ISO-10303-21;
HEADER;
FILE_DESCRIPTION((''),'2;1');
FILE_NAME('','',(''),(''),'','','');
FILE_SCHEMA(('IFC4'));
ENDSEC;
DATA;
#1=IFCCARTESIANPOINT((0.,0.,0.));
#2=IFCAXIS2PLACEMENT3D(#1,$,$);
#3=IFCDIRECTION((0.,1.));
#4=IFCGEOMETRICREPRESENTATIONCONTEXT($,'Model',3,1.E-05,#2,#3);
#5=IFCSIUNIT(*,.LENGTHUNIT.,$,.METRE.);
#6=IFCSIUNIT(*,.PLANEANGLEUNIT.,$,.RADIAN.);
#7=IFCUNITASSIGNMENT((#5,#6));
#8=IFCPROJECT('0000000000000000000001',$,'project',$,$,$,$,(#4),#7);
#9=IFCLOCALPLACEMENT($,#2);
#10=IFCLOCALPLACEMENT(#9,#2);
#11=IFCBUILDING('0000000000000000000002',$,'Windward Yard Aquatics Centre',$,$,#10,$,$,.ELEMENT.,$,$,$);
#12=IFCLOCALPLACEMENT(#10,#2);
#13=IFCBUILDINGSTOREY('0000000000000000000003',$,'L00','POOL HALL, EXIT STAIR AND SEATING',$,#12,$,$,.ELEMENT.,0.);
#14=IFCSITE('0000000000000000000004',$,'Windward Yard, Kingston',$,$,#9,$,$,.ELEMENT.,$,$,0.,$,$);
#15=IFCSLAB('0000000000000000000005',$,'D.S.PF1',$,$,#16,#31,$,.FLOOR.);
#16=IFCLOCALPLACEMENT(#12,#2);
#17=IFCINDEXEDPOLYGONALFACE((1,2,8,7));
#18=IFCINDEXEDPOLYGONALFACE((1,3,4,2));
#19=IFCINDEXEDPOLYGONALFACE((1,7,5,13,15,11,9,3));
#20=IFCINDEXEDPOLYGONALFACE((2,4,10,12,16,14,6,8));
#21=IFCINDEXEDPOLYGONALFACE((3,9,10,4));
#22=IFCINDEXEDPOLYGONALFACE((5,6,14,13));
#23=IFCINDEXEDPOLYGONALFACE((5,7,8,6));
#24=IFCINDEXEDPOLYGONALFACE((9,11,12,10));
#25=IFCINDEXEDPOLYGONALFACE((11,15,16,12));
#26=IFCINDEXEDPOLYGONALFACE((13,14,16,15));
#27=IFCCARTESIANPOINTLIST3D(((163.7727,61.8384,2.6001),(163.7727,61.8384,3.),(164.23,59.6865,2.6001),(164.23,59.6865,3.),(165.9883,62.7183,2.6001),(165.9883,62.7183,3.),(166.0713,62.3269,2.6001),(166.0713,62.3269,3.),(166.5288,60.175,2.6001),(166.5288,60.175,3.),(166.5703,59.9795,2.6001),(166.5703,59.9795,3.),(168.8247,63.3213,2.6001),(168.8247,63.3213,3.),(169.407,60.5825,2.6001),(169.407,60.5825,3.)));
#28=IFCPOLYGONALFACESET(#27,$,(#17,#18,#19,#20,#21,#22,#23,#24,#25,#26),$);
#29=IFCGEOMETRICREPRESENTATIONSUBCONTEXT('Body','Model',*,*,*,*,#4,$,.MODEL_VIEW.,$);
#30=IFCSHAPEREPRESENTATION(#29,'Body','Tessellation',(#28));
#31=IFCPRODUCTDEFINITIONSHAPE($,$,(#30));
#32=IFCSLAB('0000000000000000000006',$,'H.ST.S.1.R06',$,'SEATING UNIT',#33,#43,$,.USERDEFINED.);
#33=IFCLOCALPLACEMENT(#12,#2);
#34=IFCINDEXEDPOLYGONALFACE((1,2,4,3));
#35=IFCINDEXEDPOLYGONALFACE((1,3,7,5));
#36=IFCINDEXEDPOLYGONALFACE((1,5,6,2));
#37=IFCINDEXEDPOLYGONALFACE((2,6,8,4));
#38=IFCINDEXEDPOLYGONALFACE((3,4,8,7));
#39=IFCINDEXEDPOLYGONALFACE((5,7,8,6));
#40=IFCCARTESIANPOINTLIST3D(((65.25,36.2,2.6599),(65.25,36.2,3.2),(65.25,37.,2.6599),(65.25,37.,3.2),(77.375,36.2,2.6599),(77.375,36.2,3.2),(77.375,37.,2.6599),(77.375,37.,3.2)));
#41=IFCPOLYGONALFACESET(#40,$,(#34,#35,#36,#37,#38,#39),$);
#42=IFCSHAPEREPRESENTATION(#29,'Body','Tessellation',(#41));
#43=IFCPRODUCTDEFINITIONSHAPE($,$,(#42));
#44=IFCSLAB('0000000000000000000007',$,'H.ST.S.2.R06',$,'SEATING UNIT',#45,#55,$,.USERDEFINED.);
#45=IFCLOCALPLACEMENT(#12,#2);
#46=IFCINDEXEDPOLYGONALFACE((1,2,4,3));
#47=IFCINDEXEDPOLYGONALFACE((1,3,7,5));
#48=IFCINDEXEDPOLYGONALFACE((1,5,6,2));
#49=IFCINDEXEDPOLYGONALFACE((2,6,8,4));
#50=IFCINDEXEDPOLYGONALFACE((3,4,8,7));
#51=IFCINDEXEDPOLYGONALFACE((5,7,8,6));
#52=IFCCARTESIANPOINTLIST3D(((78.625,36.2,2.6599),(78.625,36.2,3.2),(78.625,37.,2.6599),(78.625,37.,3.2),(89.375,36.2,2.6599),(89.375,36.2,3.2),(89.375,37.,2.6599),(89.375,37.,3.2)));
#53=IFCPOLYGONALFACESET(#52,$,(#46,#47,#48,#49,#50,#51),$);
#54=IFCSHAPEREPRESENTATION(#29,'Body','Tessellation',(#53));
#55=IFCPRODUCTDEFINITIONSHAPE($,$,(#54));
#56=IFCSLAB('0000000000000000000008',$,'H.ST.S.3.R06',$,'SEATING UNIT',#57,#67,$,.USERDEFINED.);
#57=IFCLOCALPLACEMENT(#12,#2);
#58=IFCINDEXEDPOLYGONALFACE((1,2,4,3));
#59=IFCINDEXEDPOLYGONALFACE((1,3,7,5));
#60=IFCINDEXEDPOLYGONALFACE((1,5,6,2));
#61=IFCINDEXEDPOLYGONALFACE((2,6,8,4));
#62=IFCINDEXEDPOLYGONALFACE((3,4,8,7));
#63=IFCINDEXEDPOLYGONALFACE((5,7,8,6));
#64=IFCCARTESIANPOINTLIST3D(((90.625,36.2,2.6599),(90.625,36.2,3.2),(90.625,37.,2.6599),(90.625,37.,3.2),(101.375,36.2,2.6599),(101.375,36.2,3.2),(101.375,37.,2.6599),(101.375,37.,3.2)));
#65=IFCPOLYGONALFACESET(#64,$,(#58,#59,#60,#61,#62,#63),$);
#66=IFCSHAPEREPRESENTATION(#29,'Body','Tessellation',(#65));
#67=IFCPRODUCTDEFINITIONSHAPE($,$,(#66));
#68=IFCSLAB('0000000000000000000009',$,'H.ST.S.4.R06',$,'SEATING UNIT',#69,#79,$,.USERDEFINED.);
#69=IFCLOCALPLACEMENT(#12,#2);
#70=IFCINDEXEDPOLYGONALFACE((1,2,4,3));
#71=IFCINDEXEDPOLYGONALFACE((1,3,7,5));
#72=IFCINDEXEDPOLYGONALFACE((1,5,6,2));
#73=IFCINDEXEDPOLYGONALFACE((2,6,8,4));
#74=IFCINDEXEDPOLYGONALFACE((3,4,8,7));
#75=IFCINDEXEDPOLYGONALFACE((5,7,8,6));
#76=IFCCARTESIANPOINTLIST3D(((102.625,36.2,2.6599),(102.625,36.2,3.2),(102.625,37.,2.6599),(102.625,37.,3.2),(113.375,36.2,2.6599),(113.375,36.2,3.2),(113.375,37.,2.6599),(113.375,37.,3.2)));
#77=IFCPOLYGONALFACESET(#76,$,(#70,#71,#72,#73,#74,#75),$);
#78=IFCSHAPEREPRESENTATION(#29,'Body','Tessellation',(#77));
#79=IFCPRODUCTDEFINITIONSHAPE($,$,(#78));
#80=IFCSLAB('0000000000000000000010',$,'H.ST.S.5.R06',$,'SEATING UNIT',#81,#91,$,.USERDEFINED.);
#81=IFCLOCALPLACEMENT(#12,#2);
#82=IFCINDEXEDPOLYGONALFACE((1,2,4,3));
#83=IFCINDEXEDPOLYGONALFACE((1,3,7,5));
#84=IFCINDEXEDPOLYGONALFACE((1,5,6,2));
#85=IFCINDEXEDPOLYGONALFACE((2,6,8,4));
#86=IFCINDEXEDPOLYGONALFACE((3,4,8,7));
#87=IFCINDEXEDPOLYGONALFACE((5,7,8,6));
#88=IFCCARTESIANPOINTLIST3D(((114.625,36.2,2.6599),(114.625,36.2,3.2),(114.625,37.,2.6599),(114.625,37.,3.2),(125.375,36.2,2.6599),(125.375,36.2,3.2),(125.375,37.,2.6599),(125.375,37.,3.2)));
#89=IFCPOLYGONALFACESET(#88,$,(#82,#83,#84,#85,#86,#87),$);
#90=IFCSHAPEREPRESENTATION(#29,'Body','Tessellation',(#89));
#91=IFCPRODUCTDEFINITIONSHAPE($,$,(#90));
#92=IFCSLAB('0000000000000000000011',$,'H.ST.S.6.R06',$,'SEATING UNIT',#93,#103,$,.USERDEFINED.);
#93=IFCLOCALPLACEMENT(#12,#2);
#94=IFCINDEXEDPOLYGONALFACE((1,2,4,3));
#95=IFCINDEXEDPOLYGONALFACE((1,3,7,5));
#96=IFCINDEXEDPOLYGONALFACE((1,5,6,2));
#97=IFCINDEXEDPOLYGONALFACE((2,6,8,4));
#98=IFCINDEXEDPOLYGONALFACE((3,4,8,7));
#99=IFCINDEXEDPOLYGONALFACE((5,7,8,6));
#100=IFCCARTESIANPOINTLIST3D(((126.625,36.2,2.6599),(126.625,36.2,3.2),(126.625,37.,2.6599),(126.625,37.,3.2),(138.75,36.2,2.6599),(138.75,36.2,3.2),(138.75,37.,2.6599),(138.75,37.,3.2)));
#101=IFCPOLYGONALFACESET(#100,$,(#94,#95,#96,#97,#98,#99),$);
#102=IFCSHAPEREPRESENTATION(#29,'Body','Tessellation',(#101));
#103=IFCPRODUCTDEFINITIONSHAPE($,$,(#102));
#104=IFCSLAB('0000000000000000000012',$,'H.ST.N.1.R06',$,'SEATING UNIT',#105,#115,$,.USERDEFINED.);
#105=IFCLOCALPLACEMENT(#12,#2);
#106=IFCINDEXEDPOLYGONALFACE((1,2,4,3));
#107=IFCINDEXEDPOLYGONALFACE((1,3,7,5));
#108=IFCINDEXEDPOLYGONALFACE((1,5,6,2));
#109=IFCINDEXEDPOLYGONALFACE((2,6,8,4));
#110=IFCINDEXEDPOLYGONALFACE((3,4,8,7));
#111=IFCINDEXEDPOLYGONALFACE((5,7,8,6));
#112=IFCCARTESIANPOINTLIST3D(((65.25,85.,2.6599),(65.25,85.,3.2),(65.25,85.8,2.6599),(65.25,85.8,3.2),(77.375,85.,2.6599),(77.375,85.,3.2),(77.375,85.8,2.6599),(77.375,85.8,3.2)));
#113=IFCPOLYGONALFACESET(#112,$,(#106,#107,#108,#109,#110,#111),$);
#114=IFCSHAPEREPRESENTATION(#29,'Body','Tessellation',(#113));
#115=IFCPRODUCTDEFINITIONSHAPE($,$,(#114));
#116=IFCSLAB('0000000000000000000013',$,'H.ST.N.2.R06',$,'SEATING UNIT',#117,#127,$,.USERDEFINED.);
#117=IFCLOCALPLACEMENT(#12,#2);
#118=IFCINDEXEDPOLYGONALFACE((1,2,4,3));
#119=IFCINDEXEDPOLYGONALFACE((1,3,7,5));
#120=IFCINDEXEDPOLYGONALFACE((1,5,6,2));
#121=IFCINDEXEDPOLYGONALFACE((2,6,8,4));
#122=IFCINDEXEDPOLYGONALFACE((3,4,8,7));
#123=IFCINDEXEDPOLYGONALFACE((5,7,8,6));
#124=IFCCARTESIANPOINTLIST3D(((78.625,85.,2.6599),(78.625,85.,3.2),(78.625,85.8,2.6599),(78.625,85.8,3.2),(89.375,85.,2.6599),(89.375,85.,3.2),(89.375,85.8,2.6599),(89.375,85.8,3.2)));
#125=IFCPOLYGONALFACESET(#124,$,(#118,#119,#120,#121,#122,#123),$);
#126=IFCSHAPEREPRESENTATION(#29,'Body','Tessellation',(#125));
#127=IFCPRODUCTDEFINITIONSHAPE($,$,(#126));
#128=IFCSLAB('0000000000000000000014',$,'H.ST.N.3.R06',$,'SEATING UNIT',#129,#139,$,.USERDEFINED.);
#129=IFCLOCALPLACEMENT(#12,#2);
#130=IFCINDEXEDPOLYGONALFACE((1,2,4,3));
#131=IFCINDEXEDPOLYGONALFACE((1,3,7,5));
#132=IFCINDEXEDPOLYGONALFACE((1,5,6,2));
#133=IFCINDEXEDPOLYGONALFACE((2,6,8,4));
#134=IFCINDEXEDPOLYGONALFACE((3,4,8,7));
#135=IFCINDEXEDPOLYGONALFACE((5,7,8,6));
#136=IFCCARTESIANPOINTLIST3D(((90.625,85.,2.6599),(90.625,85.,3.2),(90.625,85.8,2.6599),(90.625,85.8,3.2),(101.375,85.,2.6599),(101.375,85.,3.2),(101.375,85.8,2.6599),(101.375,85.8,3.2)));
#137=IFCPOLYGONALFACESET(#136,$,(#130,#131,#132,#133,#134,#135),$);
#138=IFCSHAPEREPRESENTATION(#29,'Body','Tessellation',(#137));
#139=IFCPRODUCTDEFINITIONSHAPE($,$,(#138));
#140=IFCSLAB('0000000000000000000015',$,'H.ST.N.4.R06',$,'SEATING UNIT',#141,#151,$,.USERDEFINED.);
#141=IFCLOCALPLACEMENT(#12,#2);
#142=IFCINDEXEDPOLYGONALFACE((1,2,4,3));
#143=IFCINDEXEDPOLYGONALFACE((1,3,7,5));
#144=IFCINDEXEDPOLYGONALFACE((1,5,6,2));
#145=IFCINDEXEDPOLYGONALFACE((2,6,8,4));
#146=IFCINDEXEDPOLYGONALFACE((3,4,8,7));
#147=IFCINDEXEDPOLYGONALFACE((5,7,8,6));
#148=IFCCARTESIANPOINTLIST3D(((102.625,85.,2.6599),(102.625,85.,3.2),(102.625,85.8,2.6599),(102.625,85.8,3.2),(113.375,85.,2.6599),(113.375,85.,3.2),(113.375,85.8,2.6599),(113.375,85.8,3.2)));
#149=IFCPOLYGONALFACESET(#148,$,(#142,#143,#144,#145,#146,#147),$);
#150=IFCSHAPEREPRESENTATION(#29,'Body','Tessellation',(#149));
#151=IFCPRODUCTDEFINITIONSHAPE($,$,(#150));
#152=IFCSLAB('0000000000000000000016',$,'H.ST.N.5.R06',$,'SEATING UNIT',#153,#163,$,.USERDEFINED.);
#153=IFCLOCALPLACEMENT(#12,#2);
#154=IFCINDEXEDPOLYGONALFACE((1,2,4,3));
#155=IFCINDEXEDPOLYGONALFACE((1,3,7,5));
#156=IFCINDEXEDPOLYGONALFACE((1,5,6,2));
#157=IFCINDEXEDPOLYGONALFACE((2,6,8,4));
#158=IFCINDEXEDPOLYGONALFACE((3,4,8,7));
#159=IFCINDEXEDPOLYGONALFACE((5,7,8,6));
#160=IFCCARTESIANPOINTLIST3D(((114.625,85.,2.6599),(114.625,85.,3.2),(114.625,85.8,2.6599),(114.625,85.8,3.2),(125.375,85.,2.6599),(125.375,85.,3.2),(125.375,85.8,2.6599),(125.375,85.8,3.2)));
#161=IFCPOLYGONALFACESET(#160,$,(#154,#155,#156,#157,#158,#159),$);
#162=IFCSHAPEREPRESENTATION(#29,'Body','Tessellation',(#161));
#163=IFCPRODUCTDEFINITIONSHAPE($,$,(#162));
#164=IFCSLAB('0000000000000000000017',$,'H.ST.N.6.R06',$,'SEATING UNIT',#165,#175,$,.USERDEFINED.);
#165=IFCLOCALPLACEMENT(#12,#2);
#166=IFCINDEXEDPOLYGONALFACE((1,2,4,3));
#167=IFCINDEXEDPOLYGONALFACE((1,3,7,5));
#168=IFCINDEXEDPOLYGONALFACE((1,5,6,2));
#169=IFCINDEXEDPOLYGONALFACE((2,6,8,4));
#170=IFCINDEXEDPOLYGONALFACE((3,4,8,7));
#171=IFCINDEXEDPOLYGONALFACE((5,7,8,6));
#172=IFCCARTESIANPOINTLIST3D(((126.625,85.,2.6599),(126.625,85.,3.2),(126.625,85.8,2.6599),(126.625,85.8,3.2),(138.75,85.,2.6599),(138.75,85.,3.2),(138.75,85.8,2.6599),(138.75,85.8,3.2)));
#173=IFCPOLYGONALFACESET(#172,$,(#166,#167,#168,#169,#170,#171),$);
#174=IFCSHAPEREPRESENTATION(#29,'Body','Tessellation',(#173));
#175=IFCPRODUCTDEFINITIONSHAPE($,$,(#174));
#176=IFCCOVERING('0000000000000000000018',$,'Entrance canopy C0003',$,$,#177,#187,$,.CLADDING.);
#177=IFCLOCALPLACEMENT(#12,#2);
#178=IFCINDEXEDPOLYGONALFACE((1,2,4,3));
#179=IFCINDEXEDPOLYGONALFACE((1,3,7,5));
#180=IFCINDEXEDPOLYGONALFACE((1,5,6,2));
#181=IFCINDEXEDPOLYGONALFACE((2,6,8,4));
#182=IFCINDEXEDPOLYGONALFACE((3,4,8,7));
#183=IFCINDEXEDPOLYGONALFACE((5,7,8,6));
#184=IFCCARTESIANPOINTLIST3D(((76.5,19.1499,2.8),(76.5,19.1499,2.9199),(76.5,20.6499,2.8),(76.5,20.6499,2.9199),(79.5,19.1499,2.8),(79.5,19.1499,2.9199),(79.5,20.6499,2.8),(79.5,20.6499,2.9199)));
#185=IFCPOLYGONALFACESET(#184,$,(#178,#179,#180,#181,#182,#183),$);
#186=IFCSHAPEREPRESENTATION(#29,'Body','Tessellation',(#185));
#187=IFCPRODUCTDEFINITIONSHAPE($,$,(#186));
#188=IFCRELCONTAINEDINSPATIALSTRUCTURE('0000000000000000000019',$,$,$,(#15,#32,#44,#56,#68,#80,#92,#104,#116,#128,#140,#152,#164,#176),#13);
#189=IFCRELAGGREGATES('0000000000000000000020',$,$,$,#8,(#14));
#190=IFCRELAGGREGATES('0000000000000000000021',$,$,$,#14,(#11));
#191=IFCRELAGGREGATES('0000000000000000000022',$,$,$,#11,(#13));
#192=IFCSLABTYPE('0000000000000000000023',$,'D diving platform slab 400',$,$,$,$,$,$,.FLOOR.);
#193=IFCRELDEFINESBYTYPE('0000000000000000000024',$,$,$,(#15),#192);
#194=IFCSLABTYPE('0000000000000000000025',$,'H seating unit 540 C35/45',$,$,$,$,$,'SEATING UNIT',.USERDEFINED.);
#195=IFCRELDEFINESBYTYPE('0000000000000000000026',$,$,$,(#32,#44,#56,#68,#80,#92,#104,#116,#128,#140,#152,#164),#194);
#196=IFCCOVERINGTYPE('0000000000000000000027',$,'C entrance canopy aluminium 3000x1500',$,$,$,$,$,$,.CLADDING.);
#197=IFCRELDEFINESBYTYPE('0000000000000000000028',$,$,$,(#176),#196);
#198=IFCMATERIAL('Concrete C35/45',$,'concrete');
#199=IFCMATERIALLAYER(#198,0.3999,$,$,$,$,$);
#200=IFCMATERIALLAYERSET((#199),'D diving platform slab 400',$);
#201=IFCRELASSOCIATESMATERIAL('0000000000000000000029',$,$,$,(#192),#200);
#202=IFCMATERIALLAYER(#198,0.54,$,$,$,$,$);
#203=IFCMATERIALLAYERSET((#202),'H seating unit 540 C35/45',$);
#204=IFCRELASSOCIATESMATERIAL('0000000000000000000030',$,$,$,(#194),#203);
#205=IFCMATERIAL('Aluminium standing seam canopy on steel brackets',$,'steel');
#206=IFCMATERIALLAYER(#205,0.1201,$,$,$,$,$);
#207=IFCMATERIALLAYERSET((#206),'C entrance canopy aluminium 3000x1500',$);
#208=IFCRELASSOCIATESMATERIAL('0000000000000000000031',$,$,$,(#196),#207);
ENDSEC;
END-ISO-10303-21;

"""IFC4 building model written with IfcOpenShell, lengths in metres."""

from ifc_helpers import new_model, si_unit, direction, frame, origin, place, context, subcontext, project, spatial, polyline, outline, extrude, material, layer, layer_set, type_object, element, save


model = new_model("IFC4")

# Units and contexts
model_context = context("Model", 3, precision=1e-05, world=origin(), true_north=direction((0.0, 1.0)))
body_context = subcontext(model_context, "Body", "Model", "MODEL_VIEW")
ifc_project = project(units=[si_unit("LENGTHUNIT", "METRE"), si_unit("PLANEANGLEUNIT", "RADIAN")], contexts=[model_context])

# Site, building, storey
site_placement = place(None, origin())
site = spatial("IfcSite", under=ifc_project, at=site_placement, Name="Windward Yard, Kingston", CompositionType="ELEMENT", RefElevation=0.0)
building_placement = place(site_placement, origin())
building = spatial("IfcBuilding", under=site, at=building_placement, Name="Windward Yard Aquatics Centre", CompositionType="ELEMENT")
storey_placement = place(building_placement, origin())
storey = spatial("IfcBuildingStorey", under=building, at=storey_placement, Name="L00", Description="POOL HALL, EXIT STAIR AND SEATING", CompositionType="ELEMENT", Elevation=0.0)

# Slabs
ifc_material_1 = material(Name="Concrete C35/45", Category="concrete")
ifc_layer_1 = layer(ifc_material_1, 0.3999)
ifc_layer_set_1 = layer_set([ifc_layer_1], Name="D diving platform slab 400")
slab_type_1 = type_object("IfcSlabType", Name="D diving platform slab 400", PredefinedType="FLOOR", material=ifc_layer_set_1)
slab_1_placement = place(storey_placement, frame((0.0, 0.0, 2.6001)))
element("IfcSlab", 1, at=slab_1_placement, inside=storey, type_object=slab_type_1, Name="D.S.PF1", PredefinedType="FLOOR", context=body_context, shape_type="SweptSolid", body=[
    extrude(outline(polyline([(163.7727, 61.8384), (164.23, 59.6865), (166.5288, 60.175), (166.5703, 59.9795), (169.407, 60.5825), (168.8247, 63.3213), (165.9883, 62.7183), (166.0713, 62.3269), (163.7727, 61.8384)])), origin(), (0.0, 0.0, 1.0), 0.3999),
])
ifc_layer_2 = layer(ifc_material_1, 0.54)
ifc_layer_set_2 = layer_set([ifc_layer_2], Name="H seating unit 540 C35/45")
slab_type_2 = type_object("IfcSlabType", Name="H seating unit 540 C35/45", ElementType="SEATING UNIT", PredefinedType="USERDEFINED", material=ifc_layer_set_2)
slab_2_placement = place(storey_placement, frame((0.0, 0.0, 2.6599)))
element("IfcSlab", 2, at=slab_2_placement, inside=storey, type_object=slab_type_2, Name="H.ST.S.1.R06", ObjectType="SEATING UNIT", PredefinedType="USERDEFINED", context=body_context, shape_type="SweptSolid", body=[
    extrude(outline(polyline([(65.25, 36.2), (77.375, 36.2), (77.375, 37.0), (65.25, 37.0), (65.25, 36.2)])), origin(), (0.0, 0.0, 1.0), 0.54),
])
slab_3_placement = place(storey_placement, frame((0.0, 0.0, 2.6599)))
element("IfcSlab", 3, at=slab_3_placement, inside=storey, type_object=slab_type_2, Name="H.ST.S.2.R06", ObjectType="SEATING UNIT", PredefinedType="USERDEFINED", context=body_context, shape_type="SweptSolid", body=[
    extrude(outline(polyline([(78.625, 36.2), (89.375, 36.2), (89.375, 37.0), (78.625, 37.0), (78.625, 36.2)])), origin(), (0.0, 0.0, 1.0), 0.54),
])
slab_4_placement = place(storey_placement, frame((0.0, 0.0, 2.6599)))
element("IfcSlab", 4, at=slab_4_placement, inside=storey, type_object=slab_type_2, Name="H.ST.S.3.R06", ObjectType="SEATING UNIT", PredefinedType="USERDEFINED", context=body_context, shape_type="SweptSolid", body=[
    extrude(outline(polyline([(90.625, 36.2), (101.375, 36.2), (101.375, 37.0), (90.625, 37.0), (90.625, 36.2)])), origin(), (0.0, 0.0, 1.0), 0.54),
])
slab_5_placement = place(storey_placement, frame((0.0, 0.0, 2.6599)))
element("IfcSlab", 5, at=slab_5_placement, inside=storey, type_object=slab_type_2, Name="H.ST.S.4.R06", ObjectType="SEATING UNIT", PredefinedType="USERDEFINED", context=body_context, shape_type="SweptSolid", body=[
    extrude(outline(polyline([(102.625, 36.2), (113.375, 36.2), (113.375, 37.0), (102.625, 37.0), (102.625, 36.2)])), origin(), (0.0, 0.0, 1.0), 0.54),
])
slab_6_placement = place(storey_placement, frame((0.0, 0.0, 2.6599)))
element("IfcSlab", 6, at=slab_6_placement, inside=storey, type_object=slab_type_2, Name="H.ST.S.5.R06", ObjectType="SEATING UNIT", PredefinedType="USERDEFINED", context=body_context, shape_type="SweptSolid", body=[
    extrude(outline(polyline([(114.625, 36.2), (125.375, 36.2), (125.375, 37.0), (114.625, 37.0), (114.625, 36.2)])), origin(), (0.0, 0.0, 1.0), 0.54),
])
slab_7_placement = place(storey_placement, frame((0.0, 0.0, 2.6599)))
element("IfcSlab", 7, at=slab_7_placement, inside=storey, type_object=slab_type_2, Name="H.ST.S.6.R06", ObjectType="SEATING UNIT", PredefinedType="USERDEFINED", context=body_context, shape_type="SweptSolid", body=[
    extrude(outline(polyline([(126.625, 36.2), (138.75, 36.2), (138.75, 37.0), (126.625, 37.0), (126.625, 36.2)])), origin(), (0.0, 0.0, 1.0), 0.54),
])
slab_8_placement = place(storey_placement, frame((0.0, 0.0, 2.6599)))
element("IfcSlab", 8, at=slab_8_placement, inside=storey, type_object=slab_type_2, Name="H.ST.N.1.R06", ObjectType="SEATING UNIT", PredefinedType="USERDEFINED", context=body_context, shape_type="SweptSolid", body=[
    extrude(outline(polyline([(65.25, 85.0), (77.375, 85.0), (77.375, 85.8), (65.25, 85.8), (65.25, 85.0)])), origin(), (0.0, 0.0, 1.0), 0.54),
])
slab_9_placement = place(storey_placement, frame((0.0, 0.0, 2.6599)))
element("IfcSlab", 9, at=slab_9_placement, inside=storey, type_object=slab_type_2, Name="H.ST.N.2.R06", ObjectType="SEATING UNIT", PredefinedType="USERDEFINED", context=body_context, shape_type="SweptSolid", body=[
    extrude(outline(polyline([(78.625, 85.0), (89.375, 85.0), (89.375, 85.8), (78.625, 85.8), (78.625, 85.0)])), origin(), (0.0, 0.0, 1.0), 0.54),
])
slab_10_placement = place(storey_placement, frame((0.0, 0.0, 2.6599)))
element("IfcSlab", 10, at=slab_10_placement, inside=storey, type_object=slab_type_2, Name="H.ST.N.3.R06", ObjectType="SEATING UNIT", PredefinedType="USERDEFINED", context=body_context, shape_type="SweptSolid", body=[
    extrude(outline(polyline([(90.625, 85.0), (101.375, 85.0), (101.375, 85.8), (90.625, 85.8), (90.625, 85.0)])), origin(), (0.0, 0.0, 1.0), 0.54),
])
slab_11_placement = place(storey_placement, frame((0.0, 0.0, 2.6599)))
element("IfcSlab", 11, at=slab_11_placement, inside=storey, type_object=slab_type_2, Name="H.ST.N.4.R06", ObjectType="SEATING UNIT", PredefinedType="USERDEFINED", context=body_context, shape_type="SweptSolid", body=[
    extrude(outline(polyline([(102.625, 85.0), (113.375, 85.0), (113.375, 85.8), (102.625, 85.8), (102.625, 85.0)])), origin(), (0.0, 0.0, 1.0), 0.54),
])
slab_12_placement = place(storey_placement, frame((0.0, 0.0, 2.6599)))
element("IfcSlab", 12, at=slab_12_placement, inside=storey, type_object=slab_type_2, Name="H.ST.N.5.R06", ObjectType="SEATING UNIT", PredefinedType="USERDEFINED", context=body_context, shape_type="SweptSolid", body=[
    extrude(outline(polyline([(114.625, 85.0), (125.375, 85.0), (125.375, 85.8), (114.625, 85.8), (114.625, 85.0)])), origin(), (0.0, 0.0, 1.0), 0.54),
])
slab_13_placement = place(storey_placement, frame((0.0, 0.0, 2.6599)))
element("IfcSlab", 13, at=slab_13_placement, inside=storey, type_object=slab_type_2, Name="H.ST.N.6.R06", ObjectType="SEATING UNIT", PredefinedType="USERDEFINED", context=body_context, shape_type="SweptSolid", body=[
    extrude(outline(polyline([(126.625, 85.0), (138.75, 85.0), (138.75, 85.8), (126.625, 85.8), (126.625, 85.0)])), origin(), (0.0, 0.0, 1.0), 0.54),
])

# Covering
ifc_material_2 = material(Name="Aluminium standing seam canopy on steel brackets", Category="steel")
ifc_layer_3 = layer(ifc_material_2, 0.1201)
ifc_layer_set_3 = layer_set([ifc_layer_3], Name="C entrance canopy aluminium 3000x1500")
covering_type_1 = type_object("IfcCoveringType", Name="C entrance canopy aluminium 3000x1500", PredefinedType="CLADDING", material=ifc_layer_set_3)
covering_1_placement = place(storey_placement, frame((0.0, 0.0, 2.8)))
element("IfcCovering", 14, at=covering_1_placement, inside=storey, type_object=covering_type_1, Name="Entrance canopy C0003", PredefinedType="CLADDING", context=body_context, shape_type="SweptSolid", body=[
    extrude(outline(polyline([(76.5, 19.1499), (79.5, 19.1499), (79.5, 20.6499), (76.5, 20.6499), (76.5, 19.1499)])), origin(), (0.0, 0.0, 1.0), 0.1199),
])

save(model, "model.ifc")
